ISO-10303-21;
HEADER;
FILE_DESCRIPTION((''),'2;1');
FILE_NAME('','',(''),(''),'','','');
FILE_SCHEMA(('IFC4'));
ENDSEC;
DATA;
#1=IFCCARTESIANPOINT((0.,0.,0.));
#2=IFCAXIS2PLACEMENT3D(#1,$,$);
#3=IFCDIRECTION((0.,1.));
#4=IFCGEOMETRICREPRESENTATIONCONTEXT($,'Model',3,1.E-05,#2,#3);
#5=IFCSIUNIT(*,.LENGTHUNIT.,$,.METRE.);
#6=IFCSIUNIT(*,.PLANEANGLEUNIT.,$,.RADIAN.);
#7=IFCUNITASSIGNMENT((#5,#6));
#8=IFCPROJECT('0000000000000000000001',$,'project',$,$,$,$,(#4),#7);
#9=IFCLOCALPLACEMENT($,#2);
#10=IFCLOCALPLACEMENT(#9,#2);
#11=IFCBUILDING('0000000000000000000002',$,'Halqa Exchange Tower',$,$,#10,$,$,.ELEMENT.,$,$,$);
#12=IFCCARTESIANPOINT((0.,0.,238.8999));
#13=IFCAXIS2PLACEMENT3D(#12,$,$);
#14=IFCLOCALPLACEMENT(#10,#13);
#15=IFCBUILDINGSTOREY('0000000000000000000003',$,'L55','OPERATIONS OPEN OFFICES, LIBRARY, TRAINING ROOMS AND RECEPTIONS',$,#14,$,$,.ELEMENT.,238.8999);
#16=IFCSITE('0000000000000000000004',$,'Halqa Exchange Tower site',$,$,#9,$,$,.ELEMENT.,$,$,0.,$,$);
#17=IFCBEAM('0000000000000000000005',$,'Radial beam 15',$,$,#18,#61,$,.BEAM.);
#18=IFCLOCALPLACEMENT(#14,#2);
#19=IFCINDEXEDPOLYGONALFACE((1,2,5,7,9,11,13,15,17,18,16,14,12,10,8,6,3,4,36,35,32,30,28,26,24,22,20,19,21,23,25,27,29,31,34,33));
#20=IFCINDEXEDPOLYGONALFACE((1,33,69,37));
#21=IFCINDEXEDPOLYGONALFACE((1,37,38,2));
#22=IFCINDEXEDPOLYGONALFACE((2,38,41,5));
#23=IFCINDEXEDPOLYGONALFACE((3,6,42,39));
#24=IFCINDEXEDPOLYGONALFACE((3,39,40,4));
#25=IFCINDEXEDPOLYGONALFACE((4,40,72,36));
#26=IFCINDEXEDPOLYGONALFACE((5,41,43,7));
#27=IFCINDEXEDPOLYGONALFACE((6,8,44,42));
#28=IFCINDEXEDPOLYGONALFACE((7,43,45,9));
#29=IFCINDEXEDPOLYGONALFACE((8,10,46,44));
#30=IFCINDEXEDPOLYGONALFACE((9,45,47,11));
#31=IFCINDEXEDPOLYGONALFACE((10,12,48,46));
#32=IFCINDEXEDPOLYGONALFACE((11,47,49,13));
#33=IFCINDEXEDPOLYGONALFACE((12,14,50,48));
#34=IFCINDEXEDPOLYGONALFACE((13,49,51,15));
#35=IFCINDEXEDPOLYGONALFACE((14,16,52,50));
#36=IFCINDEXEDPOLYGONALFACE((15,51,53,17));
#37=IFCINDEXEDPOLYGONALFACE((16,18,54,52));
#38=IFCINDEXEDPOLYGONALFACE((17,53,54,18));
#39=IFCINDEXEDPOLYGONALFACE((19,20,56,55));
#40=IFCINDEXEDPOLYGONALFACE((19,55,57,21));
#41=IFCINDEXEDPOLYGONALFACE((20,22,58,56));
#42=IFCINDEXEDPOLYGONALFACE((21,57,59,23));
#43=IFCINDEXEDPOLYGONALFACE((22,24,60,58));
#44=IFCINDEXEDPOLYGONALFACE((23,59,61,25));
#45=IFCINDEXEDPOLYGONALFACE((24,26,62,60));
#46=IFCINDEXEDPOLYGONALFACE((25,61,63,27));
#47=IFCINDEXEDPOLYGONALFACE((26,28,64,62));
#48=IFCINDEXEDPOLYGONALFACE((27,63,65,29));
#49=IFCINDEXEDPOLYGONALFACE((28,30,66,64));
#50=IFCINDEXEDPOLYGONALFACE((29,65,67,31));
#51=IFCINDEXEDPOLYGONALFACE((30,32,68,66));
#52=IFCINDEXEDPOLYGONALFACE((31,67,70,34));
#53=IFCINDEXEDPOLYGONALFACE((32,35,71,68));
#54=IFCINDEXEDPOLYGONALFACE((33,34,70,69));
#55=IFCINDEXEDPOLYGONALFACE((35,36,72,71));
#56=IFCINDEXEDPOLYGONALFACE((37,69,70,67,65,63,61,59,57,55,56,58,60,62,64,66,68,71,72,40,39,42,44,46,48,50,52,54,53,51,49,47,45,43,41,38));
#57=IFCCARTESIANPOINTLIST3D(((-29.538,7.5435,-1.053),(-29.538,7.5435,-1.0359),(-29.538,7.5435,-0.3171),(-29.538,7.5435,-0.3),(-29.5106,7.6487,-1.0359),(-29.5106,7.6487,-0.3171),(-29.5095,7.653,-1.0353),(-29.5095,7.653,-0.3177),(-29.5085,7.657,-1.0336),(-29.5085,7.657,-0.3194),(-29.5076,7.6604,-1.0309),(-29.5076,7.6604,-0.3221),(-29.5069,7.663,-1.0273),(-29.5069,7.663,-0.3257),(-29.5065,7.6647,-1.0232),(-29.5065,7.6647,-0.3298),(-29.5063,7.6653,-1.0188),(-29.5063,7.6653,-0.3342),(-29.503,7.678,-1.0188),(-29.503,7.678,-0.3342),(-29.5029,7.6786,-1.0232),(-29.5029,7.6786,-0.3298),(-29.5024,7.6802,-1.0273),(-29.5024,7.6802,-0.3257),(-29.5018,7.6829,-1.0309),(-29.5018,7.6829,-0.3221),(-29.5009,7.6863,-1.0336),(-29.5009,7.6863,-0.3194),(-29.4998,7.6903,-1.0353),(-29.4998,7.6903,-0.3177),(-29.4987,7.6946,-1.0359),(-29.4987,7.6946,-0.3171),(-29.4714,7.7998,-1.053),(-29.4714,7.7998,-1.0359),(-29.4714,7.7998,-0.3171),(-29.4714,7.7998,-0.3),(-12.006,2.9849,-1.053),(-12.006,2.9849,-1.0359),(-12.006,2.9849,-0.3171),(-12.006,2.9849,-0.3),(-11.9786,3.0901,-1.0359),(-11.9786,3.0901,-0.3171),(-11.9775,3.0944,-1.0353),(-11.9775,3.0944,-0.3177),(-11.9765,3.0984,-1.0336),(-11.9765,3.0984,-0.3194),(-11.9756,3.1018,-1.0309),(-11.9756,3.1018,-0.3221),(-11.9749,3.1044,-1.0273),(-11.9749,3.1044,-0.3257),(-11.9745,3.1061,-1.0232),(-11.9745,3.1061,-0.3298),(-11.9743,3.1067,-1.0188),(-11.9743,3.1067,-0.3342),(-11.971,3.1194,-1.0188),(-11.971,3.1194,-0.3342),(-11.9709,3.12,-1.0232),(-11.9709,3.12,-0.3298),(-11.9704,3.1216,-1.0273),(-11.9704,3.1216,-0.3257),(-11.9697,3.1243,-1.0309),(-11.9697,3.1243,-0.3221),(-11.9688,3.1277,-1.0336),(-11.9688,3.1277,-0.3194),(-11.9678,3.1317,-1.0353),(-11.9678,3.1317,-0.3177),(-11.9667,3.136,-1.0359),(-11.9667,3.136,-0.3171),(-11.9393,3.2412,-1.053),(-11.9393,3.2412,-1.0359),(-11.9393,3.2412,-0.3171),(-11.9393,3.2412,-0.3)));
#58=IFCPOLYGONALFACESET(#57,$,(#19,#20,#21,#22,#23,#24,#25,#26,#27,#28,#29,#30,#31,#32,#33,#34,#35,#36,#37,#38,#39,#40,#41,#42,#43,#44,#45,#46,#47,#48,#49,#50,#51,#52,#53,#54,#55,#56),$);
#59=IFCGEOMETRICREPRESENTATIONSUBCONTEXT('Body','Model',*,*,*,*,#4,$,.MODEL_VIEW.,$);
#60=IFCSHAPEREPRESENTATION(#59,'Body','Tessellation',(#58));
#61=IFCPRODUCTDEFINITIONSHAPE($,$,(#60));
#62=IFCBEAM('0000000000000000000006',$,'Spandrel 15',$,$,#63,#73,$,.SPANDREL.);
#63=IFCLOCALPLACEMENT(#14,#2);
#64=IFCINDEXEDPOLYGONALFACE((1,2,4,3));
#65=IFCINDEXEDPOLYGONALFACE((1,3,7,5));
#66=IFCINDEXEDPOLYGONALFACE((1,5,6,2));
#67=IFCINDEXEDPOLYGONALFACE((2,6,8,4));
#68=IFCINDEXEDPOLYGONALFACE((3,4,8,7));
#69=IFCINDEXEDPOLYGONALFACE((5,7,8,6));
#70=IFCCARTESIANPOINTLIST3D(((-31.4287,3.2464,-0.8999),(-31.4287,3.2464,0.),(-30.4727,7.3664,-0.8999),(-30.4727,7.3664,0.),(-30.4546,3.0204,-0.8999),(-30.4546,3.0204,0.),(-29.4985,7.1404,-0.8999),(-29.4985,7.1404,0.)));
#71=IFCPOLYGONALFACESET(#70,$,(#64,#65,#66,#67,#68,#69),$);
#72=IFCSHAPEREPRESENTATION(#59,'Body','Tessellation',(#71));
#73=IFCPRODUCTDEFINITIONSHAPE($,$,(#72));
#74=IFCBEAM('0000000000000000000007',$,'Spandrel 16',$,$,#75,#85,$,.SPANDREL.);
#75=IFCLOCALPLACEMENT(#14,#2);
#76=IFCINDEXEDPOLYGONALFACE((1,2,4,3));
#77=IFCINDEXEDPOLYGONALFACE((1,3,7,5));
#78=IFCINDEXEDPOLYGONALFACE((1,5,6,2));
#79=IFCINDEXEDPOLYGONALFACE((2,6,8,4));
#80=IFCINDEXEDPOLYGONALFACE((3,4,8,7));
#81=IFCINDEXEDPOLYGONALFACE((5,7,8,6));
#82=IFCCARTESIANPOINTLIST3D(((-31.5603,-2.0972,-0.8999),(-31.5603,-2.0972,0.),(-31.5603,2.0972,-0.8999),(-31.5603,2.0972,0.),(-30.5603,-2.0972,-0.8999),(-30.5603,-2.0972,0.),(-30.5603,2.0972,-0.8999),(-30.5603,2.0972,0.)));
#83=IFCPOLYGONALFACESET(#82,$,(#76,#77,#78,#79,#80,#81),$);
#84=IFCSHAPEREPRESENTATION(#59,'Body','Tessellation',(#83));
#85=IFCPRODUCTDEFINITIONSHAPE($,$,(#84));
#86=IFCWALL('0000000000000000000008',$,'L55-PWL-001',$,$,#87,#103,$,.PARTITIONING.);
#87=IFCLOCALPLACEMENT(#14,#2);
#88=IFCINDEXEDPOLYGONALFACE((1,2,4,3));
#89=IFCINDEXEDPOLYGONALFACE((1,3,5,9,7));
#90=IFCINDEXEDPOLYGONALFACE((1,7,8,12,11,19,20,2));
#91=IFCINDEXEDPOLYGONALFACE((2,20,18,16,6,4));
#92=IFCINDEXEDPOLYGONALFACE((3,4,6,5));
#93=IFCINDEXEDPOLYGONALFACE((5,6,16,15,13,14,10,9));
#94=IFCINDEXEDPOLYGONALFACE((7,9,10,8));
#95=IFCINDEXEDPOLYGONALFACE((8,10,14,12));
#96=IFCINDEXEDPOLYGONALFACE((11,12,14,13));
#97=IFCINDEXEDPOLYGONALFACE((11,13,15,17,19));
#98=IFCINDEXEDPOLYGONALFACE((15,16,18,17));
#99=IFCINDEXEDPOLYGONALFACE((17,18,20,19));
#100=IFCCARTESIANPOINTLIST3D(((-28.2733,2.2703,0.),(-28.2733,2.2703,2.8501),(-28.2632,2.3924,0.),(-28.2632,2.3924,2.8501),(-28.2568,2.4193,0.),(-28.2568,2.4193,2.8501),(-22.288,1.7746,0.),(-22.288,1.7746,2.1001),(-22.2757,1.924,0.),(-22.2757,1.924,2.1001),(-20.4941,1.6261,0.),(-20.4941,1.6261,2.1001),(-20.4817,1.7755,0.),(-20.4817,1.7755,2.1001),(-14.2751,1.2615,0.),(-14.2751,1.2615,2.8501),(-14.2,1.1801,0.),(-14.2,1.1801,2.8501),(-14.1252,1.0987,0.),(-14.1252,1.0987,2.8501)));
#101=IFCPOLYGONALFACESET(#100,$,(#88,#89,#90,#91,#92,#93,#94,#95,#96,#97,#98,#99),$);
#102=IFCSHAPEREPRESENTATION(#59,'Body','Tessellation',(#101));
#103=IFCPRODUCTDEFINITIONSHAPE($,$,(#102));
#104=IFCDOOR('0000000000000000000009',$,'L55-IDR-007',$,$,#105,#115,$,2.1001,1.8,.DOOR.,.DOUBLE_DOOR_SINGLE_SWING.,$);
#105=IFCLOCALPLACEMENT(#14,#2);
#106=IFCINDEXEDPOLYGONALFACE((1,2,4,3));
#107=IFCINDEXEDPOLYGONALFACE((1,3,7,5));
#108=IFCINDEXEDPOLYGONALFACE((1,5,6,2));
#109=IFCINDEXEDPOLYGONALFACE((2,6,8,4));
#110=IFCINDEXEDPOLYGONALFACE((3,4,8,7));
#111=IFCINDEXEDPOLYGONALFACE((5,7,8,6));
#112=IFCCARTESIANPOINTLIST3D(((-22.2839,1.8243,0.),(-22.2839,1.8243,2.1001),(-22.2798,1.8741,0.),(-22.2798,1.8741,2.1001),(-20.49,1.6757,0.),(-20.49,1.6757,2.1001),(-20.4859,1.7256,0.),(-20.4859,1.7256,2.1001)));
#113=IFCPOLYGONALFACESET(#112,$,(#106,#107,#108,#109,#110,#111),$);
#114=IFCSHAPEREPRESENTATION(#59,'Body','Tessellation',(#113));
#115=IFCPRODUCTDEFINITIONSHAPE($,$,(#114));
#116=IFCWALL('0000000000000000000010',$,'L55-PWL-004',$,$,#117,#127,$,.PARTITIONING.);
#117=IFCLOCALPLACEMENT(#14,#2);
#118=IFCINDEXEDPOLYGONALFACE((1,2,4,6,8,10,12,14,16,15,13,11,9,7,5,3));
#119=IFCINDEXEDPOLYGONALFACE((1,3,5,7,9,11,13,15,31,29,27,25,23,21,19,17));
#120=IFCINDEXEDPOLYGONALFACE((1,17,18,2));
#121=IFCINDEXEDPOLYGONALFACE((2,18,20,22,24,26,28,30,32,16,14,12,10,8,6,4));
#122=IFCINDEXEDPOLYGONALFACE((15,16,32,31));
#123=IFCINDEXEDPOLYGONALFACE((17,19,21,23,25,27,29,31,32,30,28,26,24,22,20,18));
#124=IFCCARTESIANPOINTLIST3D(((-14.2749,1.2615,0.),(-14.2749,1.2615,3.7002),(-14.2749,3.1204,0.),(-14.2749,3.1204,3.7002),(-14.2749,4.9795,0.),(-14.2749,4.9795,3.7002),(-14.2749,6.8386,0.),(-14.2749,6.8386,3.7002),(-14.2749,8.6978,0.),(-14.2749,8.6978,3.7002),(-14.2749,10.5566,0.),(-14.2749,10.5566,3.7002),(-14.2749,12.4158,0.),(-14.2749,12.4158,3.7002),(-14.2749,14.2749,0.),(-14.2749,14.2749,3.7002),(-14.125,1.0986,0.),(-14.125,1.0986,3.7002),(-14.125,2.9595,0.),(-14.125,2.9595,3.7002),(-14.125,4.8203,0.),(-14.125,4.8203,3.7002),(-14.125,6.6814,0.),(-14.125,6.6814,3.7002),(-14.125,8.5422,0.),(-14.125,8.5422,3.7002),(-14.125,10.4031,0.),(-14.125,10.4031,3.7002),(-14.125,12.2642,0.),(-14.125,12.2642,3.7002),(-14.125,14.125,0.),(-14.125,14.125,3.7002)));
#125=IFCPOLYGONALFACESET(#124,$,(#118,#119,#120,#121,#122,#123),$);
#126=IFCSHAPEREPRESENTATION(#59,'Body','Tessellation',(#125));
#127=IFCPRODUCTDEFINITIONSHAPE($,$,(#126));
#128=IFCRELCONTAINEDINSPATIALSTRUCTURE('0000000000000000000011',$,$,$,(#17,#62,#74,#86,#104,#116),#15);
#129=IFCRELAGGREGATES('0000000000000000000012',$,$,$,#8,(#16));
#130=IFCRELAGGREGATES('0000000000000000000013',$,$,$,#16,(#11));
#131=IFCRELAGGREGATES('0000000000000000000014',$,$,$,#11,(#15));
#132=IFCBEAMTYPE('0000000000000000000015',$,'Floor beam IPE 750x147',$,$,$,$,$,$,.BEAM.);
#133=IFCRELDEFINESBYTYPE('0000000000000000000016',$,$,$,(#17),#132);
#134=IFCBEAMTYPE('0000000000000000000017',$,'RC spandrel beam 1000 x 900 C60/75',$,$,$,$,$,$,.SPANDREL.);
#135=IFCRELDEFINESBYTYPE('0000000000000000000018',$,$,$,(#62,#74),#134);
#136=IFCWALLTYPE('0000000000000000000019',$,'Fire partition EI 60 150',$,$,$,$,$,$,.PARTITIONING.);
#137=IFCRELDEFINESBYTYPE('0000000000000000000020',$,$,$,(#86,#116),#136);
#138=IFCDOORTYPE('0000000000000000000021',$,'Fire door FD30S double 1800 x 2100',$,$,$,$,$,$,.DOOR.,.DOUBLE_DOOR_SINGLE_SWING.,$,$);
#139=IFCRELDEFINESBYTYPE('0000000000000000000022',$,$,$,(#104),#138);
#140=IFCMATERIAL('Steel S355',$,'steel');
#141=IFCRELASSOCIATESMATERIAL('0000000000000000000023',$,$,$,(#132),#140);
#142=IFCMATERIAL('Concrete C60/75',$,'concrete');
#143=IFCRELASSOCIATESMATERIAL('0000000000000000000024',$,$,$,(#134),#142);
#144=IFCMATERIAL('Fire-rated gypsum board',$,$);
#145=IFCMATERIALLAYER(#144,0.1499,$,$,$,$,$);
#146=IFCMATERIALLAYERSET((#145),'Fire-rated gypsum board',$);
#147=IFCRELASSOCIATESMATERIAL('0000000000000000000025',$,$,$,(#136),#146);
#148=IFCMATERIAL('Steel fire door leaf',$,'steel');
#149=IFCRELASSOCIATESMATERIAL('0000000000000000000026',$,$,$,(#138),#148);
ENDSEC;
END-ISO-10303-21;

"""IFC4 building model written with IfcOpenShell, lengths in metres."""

from ifc_helpers import new_model, si_unit, direction, frame, frame_2d, origin, origin_2d, place, context, subcontext, project, spatial, polyline, rectangle, i_section, outline, extrude, material, layer, layer_set, material_profile, profile_set, type_object, element, fill, save


model = new_model("IFC4")

# Units and contexts
model_context = context("Model", 3, precision=1e-05, world=origin(), true_north=direction((0.0, 1.0)))
body_context = subcontext(model_context, "Body", "Model", "MODEL_VIEW")
ifc_project = project(units=[si_unit("LENGTHUNIT", "METRE"), si_unit("PLANEANGLEUNIT", "RADIAN")], contexts=[model_context])

# Site, building, storey
site_placement = place(None, origin())
site = spatial("IfcSite", under=ifc_project, at=site_placement, Name="Halqa Exchange Tower site", CompositionType="ELEMENT", RefElevation=0.0)
building_placement = place(site_placement, origin())
building = spatial("IfcBuilding", under=site, at=building_placement, Name="Halqa Exchange Tower", CompositionType="ELEMENT")
storey_placement = place(building_placement, frame((0.0, 0.0, 238.8999)))
storey = spatial("IfcBuildingStorey", under=building, at=storey_placement, Name="L55", Description="OPERATIONS OPEN OFFICES, LIBRARY, TRAINING ROOMS AND RECEPTIONS", CompositionType="ELEMENT", Elevation=238.8999)

# Shared definitions
ifc_material_1 = material(Name="Concrete C60/75", Category="concrete")

# Beams
ifc_material_2 = material(Name="Steel S355", Category="steel")
ifc_material_profile_1 = material_profile(ifc_material_2, i_section(OverallWidth=0.2649, OverallDepth=0.7529, WebThickness=0.0132, FlangeThickness=0.0171, FilletRadius=0.0171, at=origin_2d()), Name="IPE 750x147")
ifc_profile_set_1 = profile_set([ifc_material_profile_1], Name="Steel S355")
beam_type_1 = type_object("IfcBeamType", Name="Floor beam IPE 750x147", PredefinedType="BEAM", material=ifc_profile_set_1)
beam_1_placement = place(storey_placement, frame((-11.9727, 3.113, -0.6765), z_axis=(-0.967819, 0.251648, 0.0), x_axis=(-0.251648, -0.967819, 0.0)))
element("IfcBeam", 1, at=beam_1_placement, inside=storey, type_object=beam_type_1, Name="Radial beam 15", PredefinedType="BEAM", context=body_context, shape_type="SweptSolid", body=[
    extrude(i_section(OverallWidth=0.2649, OverallDepth=0.7529, WebThickness=0.0132, FlangeThickness=0.0171, FilletRadius=0.0171, at=origin_2d()), origin(), (0.0, 0.0, 1.0), 18.115),
])
ifc_material_profile_2 = material_profile(ifc_material_1, rectangle(XDim=1.0, YDim=0.8999, at=origin_2d()), Name="1000 x 900")
ifc_profile_set_2 = profile_set([ifc_material_profile_2], Name="Concrete C60/75")
beam_type_2 = type_object("IfcBeamType", Name="RC spandrel beam 1000 x 900 C60/75", PredefinedType="SPANDREL", material=ifc_profile_set_2)
beam_2_placement = place(storey_placement, frame((-29.9856, 7.2534, -0.45), z_axis=(-0.22604, -0.974118, 0.0), x_axis=(0.974118, -0.22604, 0.0)))
element("IfcBeam", 2, at=beam_2_placement, inside=storey, type_object=beam_type_2, Name="Spandrel 15", PredefinedType="SPANDREL", context=body_context, shape_type="SweptSolid", body=[
    extrude(rectangle(XDim=1.0, YDim=0.8999, at=origin_2d()), origin(), (0.0, 0.0, 1.0), 4.2295),
])
beam_3_placement = place(storey_placement, frame((-31.0603, 2.0972, -0.45), z_axis=(0.0, -1.0, 0.0), x_axis=(1.0, 0.0, 0.0)))
element("IfcBeam", 3, at=beam_3_placement, inside=storey, type_object=beam_type_2, Name="Spandrel 16", PredefinedType="SPANDREL", context=body_context, shape_type="SweptSolid", body=[
    extrude(rectangle(XDim=1.0, YDim=0.8999, at=origin_2d()), origin(), (0.0, 0.0, 1.0), 4.1943),
])

# Wall, opening, door
ifc_material_3 = material(Name="Fire-rated gypsum board")
ifc_layer_1 = layer(ifc_material_3, 0.1499)
ifc_layer_set_1 = layer_set([ifc_layer_1], Name="Fire-rated gypsum board")
wall_type_1 = type_object("IfcWallType", Name="Fire partition EI 60 150", PredefinedType="PARTITIONING", material=ifc_layer_set_1)
wall_1_placement = place(storey_placement, frame((-28.2671, 2.345, 0.0), z_axis=(0.0, 0.0, 1.0), x_axis=(0.996589, -0.082529, 0.0)))
wall_1 = element("IfcWall", 4, at=wall_1_placement, inside=storey, type_object=wall_type_1, Name="L55-PWL-001", PredefinedType="PARTITIONING", context=body_context, shape_type="SweptSolid", body=[
    extrude(outline(polyline([(14.1965, -0.075), (14.1965, -0.075), (14.1152, 0.0), (14.0337, 0.075), (12.28, 0.075), (10.5264, 0.075), (8.7727, 0.075), (7.019, 0.075), (5.2651, 0.075), (3.5115, 0.075), (1.7578, 0.075), (0.0042, 0.075), (0.0, 0.0476), (0.0, -0.075), (1.7747, -0.075), (3.5491, -0.075), (5.3237, -0.075), (7.0981, -0.075), (8.8728, -0.075), (10.6475, -0.075), (12.4219, -0.075), (14.1965, -0.075)])), origin(), (0.0, 0.0, 1.0), 2.8501),
])
opening_1_placement = place(wall_1_placement, frame((6.0059, 0.0, 0.0)))
opening_1 = element("IfcOpeningElement", 5, at=opening_1_placement, cuts=wall_1, PredefinedType="OPENING", context=body_context, shape_type="SweptSolid", body=[
    extrude(rectangle(XDim=1.8, YDim=2.1001, at=frame_2d((0.8999, 1.05))), frame((0.0, 0.0869, 0.0), z_axis=(0.0, -1.0, 0.0), x_axis=(1.0, 0.0, 0.0)), (0.0, 0.0, 1.0), 0.1738),
])
ifc_material_4 = material(Name="Steel fire door leaf", Category="steel")
door_type_1 = type_object("IfcDoorType", Name="Fire door FD30S double 1800 x 2100", OperationType="DOUBLE_DOOR_SINGLE_SWING", PredefinedType="DOOR", material=ifc_material_4)
door_1_placement = place(opening_1_placement, origin())
door_1 = element("IfcDoor", 6, at=door_1_placement, inside=storey, type_object=door_type_1, Name="L55-IDR-007", OperationType="DOUBLE_DOOR_SINGLE_SWING", OverallHeight=2.1001, OverallWidth=1.8, PredefinedType="DOOR", context=body_context, shape_type="SweptSolid", body=[
    extrude(rectangle(XDim=1.8, YDim=2.1001, at=frame_2d((0.8999, 1.05))), frame((0.0, 0.0249, 0.0), z_axis=(0.0, -1.0, 0.0), x_axis=(1.0, 0.0, 0.0)), (0.0, 0.0, 1.0), 0.05),
])
fill(opening_1, door_1)

# Wall
wall_2_placement = place(storey_placement, frame((-14.2, 1.0984, 0.0), z_axis=(0.0, 0.0, 1.0), x_axis=(0.0, 1.0, 0.0)))
element("IfcWall", 7, at=wall_2_placement, inside=storey, type_object=wall_type_1, Name="L55-PWL-004", PredefinedType="PARTITIONING", context=body_context, shape_type="SweptSolid", body=[
    extrude(outline(polyline([(0.0002, -0.075), (1.8611, -0.075), (3.7219, -0.075), (5.583, -0.075), (7.4438, -0.075), (9.3047, -0.075), (11.1658, -0.075), (13.0266, -0.075), (13.1765, 0.075), (11.3174, 0.075), (9.4583, 0.075), (7.5994, 0.075), (5.7402, 0.075), (3.8811, 0.075), (2.022, 0.075), (0.1631, 0.075), (0.0002, -0.075)])), origin(), (0.0, 0.0, 1.0), 3.7002),
])

save(model, "model.ifc")
